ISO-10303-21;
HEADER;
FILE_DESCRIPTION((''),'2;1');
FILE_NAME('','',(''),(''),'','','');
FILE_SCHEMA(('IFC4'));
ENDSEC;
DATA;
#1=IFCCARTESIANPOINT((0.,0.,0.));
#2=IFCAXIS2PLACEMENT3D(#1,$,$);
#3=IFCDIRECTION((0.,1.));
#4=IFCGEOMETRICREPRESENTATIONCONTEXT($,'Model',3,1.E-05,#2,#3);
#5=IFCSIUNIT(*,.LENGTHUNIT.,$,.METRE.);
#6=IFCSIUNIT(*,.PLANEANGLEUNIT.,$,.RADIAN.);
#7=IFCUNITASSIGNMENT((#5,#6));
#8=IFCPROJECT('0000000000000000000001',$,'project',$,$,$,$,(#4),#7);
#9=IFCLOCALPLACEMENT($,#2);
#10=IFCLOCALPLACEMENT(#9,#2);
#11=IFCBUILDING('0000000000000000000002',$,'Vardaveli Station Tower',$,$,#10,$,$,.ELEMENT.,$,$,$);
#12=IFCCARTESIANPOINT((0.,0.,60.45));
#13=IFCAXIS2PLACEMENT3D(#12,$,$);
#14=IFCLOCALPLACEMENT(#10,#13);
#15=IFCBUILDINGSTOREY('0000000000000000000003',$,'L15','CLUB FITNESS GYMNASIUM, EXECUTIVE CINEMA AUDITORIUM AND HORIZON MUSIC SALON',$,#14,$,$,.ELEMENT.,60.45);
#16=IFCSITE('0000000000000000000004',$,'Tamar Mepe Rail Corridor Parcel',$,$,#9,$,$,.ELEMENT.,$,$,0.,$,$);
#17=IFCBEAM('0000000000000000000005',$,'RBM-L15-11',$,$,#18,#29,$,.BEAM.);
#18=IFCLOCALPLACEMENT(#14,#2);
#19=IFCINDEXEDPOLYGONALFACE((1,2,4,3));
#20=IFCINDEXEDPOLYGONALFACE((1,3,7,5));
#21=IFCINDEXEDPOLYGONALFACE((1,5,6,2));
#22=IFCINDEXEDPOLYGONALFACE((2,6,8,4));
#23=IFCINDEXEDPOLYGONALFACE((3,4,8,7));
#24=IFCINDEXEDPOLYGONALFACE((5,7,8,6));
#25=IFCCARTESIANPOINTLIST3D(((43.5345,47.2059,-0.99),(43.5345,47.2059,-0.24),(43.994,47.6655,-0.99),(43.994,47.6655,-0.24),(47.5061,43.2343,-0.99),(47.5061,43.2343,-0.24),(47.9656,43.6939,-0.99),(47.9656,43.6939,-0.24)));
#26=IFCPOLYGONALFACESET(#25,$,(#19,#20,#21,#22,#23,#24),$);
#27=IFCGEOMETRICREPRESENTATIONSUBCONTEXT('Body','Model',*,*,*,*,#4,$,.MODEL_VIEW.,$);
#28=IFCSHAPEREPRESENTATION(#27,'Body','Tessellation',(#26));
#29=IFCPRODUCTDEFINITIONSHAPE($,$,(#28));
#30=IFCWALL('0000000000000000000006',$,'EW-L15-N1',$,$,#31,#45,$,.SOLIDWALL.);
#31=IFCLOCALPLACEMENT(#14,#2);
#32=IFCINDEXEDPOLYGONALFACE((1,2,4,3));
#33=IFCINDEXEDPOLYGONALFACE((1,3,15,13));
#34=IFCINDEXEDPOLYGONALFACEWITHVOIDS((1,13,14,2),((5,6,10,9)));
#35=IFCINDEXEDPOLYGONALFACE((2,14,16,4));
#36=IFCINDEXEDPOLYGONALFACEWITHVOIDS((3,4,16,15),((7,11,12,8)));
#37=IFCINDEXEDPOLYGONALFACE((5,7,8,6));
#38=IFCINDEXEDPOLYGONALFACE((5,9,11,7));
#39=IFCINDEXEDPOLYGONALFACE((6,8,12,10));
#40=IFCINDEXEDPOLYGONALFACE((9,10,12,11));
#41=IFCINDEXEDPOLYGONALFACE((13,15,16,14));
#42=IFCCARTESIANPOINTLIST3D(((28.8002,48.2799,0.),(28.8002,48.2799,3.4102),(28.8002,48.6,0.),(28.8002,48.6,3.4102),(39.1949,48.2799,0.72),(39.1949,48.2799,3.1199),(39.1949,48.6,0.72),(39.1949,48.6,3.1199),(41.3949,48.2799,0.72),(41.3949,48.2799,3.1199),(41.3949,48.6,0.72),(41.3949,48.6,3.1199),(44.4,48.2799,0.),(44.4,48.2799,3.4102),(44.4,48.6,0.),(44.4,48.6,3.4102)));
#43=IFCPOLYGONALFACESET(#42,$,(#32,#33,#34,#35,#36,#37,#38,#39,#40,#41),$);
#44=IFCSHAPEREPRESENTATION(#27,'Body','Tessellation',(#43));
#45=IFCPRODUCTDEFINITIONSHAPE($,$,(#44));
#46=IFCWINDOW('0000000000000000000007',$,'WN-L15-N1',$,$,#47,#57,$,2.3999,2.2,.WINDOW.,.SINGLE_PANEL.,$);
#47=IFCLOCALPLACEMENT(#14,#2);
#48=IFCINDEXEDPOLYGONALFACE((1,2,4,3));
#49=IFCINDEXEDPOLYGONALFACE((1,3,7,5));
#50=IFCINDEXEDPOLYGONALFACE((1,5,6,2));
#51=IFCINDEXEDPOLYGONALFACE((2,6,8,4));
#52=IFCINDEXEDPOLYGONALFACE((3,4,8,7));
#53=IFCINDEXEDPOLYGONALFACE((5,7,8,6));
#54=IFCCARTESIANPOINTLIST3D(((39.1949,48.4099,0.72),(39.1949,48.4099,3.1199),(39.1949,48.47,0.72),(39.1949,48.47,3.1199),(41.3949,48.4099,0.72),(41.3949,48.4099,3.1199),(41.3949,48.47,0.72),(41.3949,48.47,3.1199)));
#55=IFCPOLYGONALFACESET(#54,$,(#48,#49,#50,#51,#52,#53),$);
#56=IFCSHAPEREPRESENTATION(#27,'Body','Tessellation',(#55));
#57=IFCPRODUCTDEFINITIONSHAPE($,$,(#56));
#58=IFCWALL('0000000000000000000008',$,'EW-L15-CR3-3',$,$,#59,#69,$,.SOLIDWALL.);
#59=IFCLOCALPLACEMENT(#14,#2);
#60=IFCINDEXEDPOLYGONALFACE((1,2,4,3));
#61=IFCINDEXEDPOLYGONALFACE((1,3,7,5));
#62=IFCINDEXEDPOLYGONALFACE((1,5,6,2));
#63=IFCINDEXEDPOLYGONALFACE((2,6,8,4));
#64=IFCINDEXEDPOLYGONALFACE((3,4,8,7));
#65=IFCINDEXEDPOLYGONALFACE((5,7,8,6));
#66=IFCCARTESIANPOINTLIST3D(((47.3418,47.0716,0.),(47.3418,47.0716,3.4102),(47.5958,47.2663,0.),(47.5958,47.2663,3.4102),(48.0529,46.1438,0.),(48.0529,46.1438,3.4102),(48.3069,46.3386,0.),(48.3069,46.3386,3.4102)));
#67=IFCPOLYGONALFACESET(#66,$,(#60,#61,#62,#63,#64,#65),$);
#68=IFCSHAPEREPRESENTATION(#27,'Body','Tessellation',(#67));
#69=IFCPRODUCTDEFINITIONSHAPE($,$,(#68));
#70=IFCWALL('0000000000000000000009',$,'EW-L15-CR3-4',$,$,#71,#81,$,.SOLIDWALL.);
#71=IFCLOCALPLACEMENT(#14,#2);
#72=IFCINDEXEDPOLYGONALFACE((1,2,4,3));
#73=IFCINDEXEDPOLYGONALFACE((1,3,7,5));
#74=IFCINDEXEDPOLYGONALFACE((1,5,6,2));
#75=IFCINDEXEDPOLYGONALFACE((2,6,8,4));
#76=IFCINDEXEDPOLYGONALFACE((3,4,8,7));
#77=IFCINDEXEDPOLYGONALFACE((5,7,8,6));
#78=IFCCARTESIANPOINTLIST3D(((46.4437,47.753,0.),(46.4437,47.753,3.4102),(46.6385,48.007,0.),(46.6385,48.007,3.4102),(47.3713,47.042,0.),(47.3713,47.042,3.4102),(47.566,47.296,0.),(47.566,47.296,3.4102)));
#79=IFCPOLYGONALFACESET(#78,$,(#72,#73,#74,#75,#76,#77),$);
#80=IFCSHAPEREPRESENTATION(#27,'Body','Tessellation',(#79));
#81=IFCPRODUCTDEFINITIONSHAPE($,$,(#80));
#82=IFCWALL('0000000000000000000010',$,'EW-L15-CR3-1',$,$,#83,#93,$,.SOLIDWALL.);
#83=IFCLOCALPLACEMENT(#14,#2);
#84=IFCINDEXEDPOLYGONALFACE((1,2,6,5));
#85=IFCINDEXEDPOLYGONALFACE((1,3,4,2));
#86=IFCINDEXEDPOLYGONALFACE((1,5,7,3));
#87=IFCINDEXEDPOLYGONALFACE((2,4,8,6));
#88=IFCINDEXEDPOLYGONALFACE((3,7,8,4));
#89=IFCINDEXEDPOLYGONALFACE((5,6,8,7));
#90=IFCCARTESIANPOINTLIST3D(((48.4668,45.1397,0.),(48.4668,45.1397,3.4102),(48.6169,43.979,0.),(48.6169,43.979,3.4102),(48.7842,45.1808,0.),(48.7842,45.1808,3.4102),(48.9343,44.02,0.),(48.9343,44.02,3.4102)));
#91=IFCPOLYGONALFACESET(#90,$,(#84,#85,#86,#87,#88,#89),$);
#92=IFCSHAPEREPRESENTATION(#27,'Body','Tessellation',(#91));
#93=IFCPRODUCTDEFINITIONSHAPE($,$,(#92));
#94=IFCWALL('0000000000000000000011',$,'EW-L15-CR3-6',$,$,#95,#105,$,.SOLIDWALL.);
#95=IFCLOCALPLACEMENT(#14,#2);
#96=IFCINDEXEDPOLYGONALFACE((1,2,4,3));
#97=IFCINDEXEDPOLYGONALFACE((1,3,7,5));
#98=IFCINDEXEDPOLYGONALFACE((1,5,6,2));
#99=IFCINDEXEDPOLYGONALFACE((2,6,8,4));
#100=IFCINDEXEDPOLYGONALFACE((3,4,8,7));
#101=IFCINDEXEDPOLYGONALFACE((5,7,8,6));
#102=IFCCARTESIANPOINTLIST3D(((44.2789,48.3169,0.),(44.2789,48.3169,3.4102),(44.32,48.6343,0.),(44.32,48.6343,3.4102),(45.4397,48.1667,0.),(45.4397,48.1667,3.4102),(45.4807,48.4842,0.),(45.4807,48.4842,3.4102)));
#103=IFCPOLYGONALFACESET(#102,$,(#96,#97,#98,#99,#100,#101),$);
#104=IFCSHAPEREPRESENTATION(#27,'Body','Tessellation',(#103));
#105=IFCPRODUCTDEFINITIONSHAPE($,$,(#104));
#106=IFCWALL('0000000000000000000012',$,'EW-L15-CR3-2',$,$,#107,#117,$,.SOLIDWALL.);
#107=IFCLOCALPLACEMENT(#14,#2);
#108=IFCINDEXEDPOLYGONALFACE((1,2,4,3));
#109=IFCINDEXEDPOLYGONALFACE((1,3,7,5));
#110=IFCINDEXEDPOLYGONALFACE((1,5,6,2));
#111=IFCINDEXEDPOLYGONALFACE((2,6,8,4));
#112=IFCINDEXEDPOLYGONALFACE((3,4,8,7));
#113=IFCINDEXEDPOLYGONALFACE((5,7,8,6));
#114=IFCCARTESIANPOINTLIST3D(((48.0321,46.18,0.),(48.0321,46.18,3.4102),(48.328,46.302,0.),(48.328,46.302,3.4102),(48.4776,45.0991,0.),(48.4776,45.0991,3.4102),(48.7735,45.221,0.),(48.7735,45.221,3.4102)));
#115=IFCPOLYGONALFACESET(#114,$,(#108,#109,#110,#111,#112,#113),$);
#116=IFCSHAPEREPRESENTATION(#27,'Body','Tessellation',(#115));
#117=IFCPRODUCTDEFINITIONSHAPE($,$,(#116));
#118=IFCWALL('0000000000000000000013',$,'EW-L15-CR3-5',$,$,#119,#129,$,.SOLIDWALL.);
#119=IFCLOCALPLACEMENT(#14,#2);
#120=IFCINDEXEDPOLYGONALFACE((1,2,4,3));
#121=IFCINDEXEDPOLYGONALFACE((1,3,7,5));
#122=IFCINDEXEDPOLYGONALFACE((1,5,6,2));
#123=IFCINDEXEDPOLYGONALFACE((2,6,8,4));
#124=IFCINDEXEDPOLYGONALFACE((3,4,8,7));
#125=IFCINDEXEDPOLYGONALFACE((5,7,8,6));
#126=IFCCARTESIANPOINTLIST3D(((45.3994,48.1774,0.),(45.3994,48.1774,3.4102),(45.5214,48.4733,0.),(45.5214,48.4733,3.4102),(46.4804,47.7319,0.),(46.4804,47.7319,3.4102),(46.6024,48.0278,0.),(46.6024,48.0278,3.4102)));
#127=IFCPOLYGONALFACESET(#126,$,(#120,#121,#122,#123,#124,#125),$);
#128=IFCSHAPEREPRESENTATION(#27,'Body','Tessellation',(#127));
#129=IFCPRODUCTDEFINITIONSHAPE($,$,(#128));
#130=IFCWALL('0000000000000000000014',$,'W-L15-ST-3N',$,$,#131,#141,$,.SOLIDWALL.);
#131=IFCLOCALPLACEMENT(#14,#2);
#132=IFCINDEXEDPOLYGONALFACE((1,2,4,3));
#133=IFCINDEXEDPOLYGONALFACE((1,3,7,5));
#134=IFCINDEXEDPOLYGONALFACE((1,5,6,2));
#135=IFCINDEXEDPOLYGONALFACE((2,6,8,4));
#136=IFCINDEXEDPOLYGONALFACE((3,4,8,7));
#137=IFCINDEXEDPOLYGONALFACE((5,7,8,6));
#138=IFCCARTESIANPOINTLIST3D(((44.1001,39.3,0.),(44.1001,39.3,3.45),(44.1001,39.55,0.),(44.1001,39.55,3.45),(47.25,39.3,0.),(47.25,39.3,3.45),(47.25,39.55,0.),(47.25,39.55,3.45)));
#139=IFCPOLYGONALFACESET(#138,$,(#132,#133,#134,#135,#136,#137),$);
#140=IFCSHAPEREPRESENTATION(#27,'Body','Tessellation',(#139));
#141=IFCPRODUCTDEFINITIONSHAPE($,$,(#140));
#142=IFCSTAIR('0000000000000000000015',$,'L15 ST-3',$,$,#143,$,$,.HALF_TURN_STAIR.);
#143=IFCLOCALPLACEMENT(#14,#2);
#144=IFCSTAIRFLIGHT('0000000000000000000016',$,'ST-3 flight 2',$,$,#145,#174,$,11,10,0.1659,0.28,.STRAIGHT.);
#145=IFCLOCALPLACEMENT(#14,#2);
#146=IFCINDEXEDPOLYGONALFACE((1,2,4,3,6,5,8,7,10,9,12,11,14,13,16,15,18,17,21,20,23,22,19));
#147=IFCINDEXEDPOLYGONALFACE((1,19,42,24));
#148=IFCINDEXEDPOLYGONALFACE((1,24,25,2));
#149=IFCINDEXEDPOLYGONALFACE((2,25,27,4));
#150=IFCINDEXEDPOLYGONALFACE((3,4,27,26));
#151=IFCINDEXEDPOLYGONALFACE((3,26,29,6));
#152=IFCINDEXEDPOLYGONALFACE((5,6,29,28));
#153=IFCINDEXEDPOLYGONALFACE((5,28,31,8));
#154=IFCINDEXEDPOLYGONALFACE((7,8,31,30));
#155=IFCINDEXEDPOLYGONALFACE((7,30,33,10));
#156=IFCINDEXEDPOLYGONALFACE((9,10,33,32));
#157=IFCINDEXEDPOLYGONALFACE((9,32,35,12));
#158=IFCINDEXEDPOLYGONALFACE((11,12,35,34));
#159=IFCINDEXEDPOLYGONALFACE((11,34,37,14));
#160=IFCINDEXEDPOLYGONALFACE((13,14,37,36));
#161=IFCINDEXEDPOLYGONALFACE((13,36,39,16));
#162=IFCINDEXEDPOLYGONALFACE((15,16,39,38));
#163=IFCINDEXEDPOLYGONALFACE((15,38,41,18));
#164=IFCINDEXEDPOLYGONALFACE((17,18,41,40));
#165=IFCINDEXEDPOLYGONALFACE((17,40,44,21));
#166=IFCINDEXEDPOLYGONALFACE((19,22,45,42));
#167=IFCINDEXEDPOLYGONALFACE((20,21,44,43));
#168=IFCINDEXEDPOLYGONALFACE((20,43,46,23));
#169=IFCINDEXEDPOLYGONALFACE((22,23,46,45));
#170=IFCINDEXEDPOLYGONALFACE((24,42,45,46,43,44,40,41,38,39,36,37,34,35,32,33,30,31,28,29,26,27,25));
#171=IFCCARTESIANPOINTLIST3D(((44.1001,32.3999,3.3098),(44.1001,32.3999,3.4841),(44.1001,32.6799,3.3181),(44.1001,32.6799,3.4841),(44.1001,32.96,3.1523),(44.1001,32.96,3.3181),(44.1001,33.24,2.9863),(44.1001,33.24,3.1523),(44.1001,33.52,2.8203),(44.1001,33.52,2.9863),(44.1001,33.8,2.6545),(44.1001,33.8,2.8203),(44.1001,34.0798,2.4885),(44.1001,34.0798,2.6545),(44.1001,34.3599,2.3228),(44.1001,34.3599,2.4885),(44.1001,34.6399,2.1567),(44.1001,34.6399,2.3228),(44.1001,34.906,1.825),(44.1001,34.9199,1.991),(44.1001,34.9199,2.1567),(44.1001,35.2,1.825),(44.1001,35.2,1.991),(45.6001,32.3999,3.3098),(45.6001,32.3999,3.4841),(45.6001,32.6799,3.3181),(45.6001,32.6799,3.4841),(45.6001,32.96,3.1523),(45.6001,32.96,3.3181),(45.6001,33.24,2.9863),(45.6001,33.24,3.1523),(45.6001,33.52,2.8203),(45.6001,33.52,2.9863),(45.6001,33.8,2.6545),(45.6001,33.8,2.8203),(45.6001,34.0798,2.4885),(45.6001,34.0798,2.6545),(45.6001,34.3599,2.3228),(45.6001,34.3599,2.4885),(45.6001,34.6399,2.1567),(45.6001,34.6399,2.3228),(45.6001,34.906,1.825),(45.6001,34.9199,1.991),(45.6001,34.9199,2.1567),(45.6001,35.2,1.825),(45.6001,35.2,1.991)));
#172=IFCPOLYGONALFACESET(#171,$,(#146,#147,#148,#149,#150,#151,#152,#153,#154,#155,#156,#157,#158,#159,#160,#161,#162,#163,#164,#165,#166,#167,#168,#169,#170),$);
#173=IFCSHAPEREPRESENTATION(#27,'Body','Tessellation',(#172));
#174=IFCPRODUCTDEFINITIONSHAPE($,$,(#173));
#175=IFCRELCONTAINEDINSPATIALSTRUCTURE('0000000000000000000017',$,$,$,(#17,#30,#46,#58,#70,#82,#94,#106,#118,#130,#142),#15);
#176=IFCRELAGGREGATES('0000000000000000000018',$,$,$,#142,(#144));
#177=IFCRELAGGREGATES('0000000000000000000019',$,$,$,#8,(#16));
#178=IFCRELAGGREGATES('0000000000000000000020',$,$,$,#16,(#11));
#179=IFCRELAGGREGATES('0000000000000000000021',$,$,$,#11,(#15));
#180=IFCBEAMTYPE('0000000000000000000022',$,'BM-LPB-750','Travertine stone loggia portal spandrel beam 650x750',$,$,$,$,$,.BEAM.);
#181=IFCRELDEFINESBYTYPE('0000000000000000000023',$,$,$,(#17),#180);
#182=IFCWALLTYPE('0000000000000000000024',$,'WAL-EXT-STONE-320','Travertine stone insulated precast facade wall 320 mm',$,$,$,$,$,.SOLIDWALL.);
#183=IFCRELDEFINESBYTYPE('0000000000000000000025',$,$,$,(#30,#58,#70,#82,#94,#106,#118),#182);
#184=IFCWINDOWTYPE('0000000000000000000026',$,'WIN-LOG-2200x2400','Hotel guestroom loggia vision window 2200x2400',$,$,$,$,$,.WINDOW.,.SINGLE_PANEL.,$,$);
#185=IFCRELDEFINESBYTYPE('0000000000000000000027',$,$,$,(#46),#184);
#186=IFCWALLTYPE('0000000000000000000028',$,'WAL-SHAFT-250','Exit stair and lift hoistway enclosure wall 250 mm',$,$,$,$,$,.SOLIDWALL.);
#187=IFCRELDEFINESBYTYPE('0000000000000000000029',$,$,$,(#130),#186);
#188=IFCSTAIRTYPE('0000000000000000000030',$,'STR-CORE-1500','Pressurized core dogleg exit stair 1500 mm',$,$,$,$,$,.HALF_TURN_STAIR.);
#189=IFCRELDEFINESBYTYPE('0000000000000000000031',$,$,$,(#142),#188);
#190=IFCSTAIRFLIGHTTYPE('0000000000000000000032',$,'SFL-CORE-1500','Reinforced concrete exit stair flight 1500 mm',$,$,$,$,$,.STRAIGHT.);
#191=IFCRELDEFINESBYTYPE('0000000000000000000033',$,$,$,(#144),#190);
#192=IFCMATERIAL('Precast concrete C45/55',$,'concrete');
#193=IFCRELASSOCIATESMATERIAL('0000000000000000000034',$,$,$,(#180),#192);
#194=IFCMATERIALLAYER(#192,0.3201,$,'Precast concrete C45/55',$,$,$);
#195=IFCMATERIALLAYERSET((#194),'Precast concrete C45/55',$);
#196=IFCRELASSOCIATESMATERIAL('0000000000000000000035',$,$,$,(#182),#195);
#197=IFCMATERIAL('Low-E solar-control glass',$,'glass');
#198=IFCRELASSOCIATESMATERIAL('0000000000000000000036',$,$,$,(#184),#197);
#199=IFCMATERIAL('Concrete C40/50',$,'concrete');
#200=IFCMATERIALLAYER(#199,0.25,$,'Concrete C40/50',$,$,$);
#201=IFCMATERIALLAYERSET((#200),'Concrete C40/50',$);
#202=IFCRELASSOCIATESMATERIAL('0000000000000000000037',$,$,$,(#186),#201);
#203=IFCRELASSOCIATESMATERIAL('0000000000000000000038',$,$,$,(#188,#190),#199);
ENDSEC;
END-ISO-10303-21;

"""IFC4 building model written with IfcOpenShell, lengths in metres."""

from ifc_helpers import new_model, si_unit, direction, frame, frame_2d, origin, origin_2d, place, context, subcontext, project, spatial, polyline, rectangle, outline, extrude, source, transform, mapped, material, layer, layer_set, material_profile, profile_set, type_object, element, fill, aggregate, save


model = new_model("IFC4")

# Units and contexts
model_context = context("Model", 3, precision=1e-05, world=origin(), true_north=direction((0.0, 1.0)))
body_context = subcontext(model_context, "Body", "Model", "MODEL_VIEW")
ifc_project = project(units=[si_unit("LENGTHUNIT", "METRE"), si_unit("PLANEANGLEUNIT", "RADIAN")], contexts=[model_context])

# Site, building, storey
site_placement = place(None, origin())
site = spatial("IfcSite", under=ifc_project, at=site_placement, Name="Tamar Mepe Rail Corridor Parcel", CompositionType="ELEMENT", RefElevation=0.0)
building_placement = place(site_placement, origin())
building = spatial("IfcBuilding", under=site, at=building_placement, Name="Vardaveli Station Tower", CompositionType="ELEMENT")
storey_placement = place(building_placement, frame((0.0, 0.0, 60.45)))
storey = spatial("IfcBuildingStorey", under=building, at=storey_placement, Name="L15", Description="CLUB FITNESS GYMNASIUM, EXECUTIVE CINEMA AUDITORIUM AND HORIZON MUSIC SALON", CompositionType="ELEMENT", Elevation=60.45)

# Beam
ifc_material_1 = material(Name="Precast concrete C45/55", Category="concrete")
ifc_material_profile_1 = material_profile(ifc_material_1, rectangle(XDim=0.6499, YDim=0.75, at=origin_2d()), Name="LPB 650x750")
ifc_profile_set_1 = profile_set([ifc_material_profile_1], Name="Precast concrete C45/55")
beam_type = type_object("IfcBeamType", Name="BM-LPB-750", Description="Travertine stone loggia portal spandrel beam 650x750", PredefinedType="BEAM", material=ifc_profile_set_1)
shared_shape_1 = source(origin(), body_context, "Body", "SweptSolid", [
    extrude(rectangle(XDim=0.6499, YDim=0.75, at=origin_2d()), origin(), (0.0, 0.0, 1.0), 5.6167),
])
beam_placement = place(storey_placement, frame((47.7358, 43.4641, -0.615), z_axis=(-0.707107, 0.707107, 0.0), x_axis=(-0.707107, -0.707107, 0.0)))
element("IfcBeam", 1, at=beam_placement, inside=storey, type_object=beam_type, Name="RBM-L15-11", PredefinedType="BEAM", context=body_context, shape_type="MappedRepresentation", body=[
    mapped(shared_shape_1, transform((0.0, 0.0, 0.0), scale=1.0)),
])

# Wall, opening, window
ifc_layer_1 = layer(ifc_material_1, 0.3201, Name="Precast concrete C45/55")
ifc_layer_set_1 = layer_set([ifc_layer_1], Name="Precast concrete C45/55")
wall_type_1 = type_object("IfcWallType", Name="WAL-EXT-STONE-320", Description="Travertine stone insulated precast facade wall 320 mm", PredefinedType="SOLIDWALL", material=ifc_layer_set_1)
shared_shape_2 = source(origin(), body_context, "Body", "SweptSolid", [
    extrude(rectangle(XDim=15.5999, YDim=0.3201, at=frame_2d((7.7998, 0.0))), origin(), (0.0, 0.0, 1.0), 3.4102),
])
wall_1_placement = place(storey_placement, frame((44.3999, 48.4399, 0.0), z_axis=(0.0, 0.0, 1.0), x_axis=(-1.0, 0.0, 0.0)))
wall_1 = element("IfcWall", 2, at=wall_1_placement, inside=storey, type_object=wall_type_1, Name="EW-L15-N1", PredefinedType="SOLIDWALL", context=body_context, shape_type="MappedRepresentation", body=[
    mapped(shared_shape_2, transform((0.0, 0.0, 0.0), scale=1.0)),
])
shared_shape_3 = source(origin(), body_context, "Body", "SweptSolid", [
    extrude(rectangle(XDim=2.2, YDim=2.3999, at=frame_2d((1.1001, 1.2))), frame((0.0, 0.1699, 0.0), z_axis=(0.0, -1.0, 0.0), x_axis=(1.0, 0.0, 0.0)), (0.0, 0.0, 1.0), 0.3401),
])
opening_placement = place(wall_1_placement, frame((3.0049, 0.0, 0.72)))
opening = element("IfcOpeningElement", 3, at=opening_placement, cuts=wall_1, PredefinedType="OPENING", context=body_context, shape_type="MappedRepresentation", body=[
    mapped(shared_shape_3, transform((0.0, 0.0, 0.0), scale=1.0)),
])
ifc_material_2 = material(Name="Low-E solar-control glass", Category="glass")
window_type = type_object("IfcWindowType", Name="WIN-LOG-2200x2400", Description="Hotel guestroom loggia vision window 2200x2400", PartitioningType="SINGLE_PANEL", PredefinedType="WINDOW", material=ifc_material_2)
shared_shape_4 = source(origin(), body_context, "Body", "SweptSolid", [
    extrude(rectangle(XDim=2.2, YDim=2.3999, at=frame_2d((1.1001, 1.2))), frame((0.0, 0.03, 0.0), z_axis=(0.0, -1.0, 0.0), x_axis=(1.0, 0.0, 0.0)), (0.0, 0.0, 1.0), 0.0601),
])
window_placement = place(opening_placement, origin())
window = element("IfcWindow", 4, at=window_placement, inside=storey, type_object=window_type, Name="WN-L15-N1", OverallHeight=2.3999, OverallWidth=2.2, PartitioningType="SINGLE_PANEL", PredefinedType="WINDOW", context=body_context, shape_type="MappedRepresentation", body=[
    mapped(shared_shape_4, transform((0.0, 0.0, 0.0), scale=1.0)),
])
fill(opening, window)

# Walls
shared_shape_5 = source(origin(), body_context, "Body", "SweptSolid", [
    extrude(rectangle(XDim=1.1689, YDim=0.3201, at=frame_2d((0.5845, 0.0))), origin(), (0.0, 0.0, 1.0), 3.4102),
])
wall_2_placement = place(storey_placement, frame((48.1799, 46.2412, 0.0), z_axis=(0.0, 0.0, 1.0), x_axis=(-0.608388, 0.79364, 0.0)))
element("IfcWall", 5, at=wall_2_placement, inside=storey, type_object=wall_type_1, Name="EW-L15-CR3-3", PredefinedType="SOLIDWALL", context=body_context, shape_type="MappedRepresentation", body=[
    mapped(shared_shape_5, transform((0.0, 0.0, 0.0), scale=1.0)),
])
shared_shape_6 = source(origin(), body_context, "Body", "SweptSolid", [
    extrude(rectangle(XDim=1.1687, YDim=0.3201, at=frame_2d((0.5845, 0.0))), origin(), (0.0, 0.0, 1.0), 3.4102),
])
wall_3_placement = place(storey_placement, frame((47.4688, 47.1689, 0.0), z_axis=(0.0, 0.0, 1.0), x_axis=(-0.793664, 0.608357, 0.0)))
element("IfcWall", 6, at=wall_3_placement, inside=storey, type_object=wall_type_1, Name="EW-L15-CR3-4", PredefinedType="SOLIDWALL", context=body_context, shape_type="MappedRepresentation", body=[
    mapped(shared_shape_6, transform((0.0, 0.0, 0.0), scale=1.0)),
])
shared_shape_7 = source(origin(), body_context, "Body", "SweptSolid", [
    extrude(rectangle(XDim=1.1704, YDim=0.3201, at=frame_2d((0.5852, 0.0))), origin(), (0.0, 0.0, 1.0), 3.4102),
])
for number, where, z_axis, x_axis, name in (
    (7, (48.7756, 43.9995, 0.0), (0.0, 0.0, 1.0), (-0.128296, 0.991736, 0.0), "EW-L15-CR3-1"),
    (8, (45.4602, 48.3254, 0.0), (0.0, 0.0, 1.0), (-0.991736, 0.128296, 0.0), "EW-L15-CR3-6"),
):
    element("IfcWall", number, at=place(storey_placement, frame(where, z_axis=z_axis, x_axis=x_axis)), inside=storey, type_object=wall_type_1, Name=name, PredefinedType="SOLIDWALL", context=body_context, shape_type="MappedRepresentation", body=[
        mapped(shared_shape_7, transform((0.0, 0.0, 0.0), scale=1.0)),
    ])
shared_shape_8 = source(origin(), body_context, "Body", "SweptSolid", [
    extrude(rectangle(XDim=1.1692, YDim=0.3201, at=frame_2d((0.5845, 0.0))), origin(), (0.0, 0.0, 1.0), 3.4102),
])
for number, where, z_axis, x_axis, name in (
    (9, (48.6255, 45.1602, 0.0), (0.0, 0.0, 1.0), (-0.381054, 0.924553, 0.0), "EW-L15-CR3-2"),
    (10, (46.5413, 47.8799, 0.0), (0.0, 0.0, 1.0), (-0.924553, 0.381054, 0.0), "EW-L15-CR3-5"),
):
    element("IfcWall", number, at=place(storey_placement, frame(where, z_axis=z_axis, x_axis=x_axis)), inside=storey, type_object=wall_type_1, Name=name, PredefinedType="SOLIDWALL", context=body_context, shape_type="MappedRepresentation", body=[
        mapped(shared_shape_8, transform((0.0, 0.0, 0.0), scale=1.0)),
    ])
ifc_material_3 = material(Name="Concrete C40/50", Category="concrete")
ifc_layer_2 = layer(ifc_material_3, 0.25, Name="Concrete C40/50")
ifc_layer_set_2 = layer_set([ifc_layer_2], Name="Concrete C40/50")
wall_type_2 = type_object("IfcWallType", Name="WAL-SHAFT-250", Description="Exit stair and lift hoistway enclosure wall 250 mm", PredefinedType="SOLIDWALL", material=ifc_layer_set_2)
shared_shape_9 = source(origin(), body_context, "Body", "SweptSolid", [
    extrude(rectangle(XDim=3.1499, YDim=0.25, at=frame_2d((1.575, 0.0))), origin(), (0.0, 0.0, 1.0), 3.45),
])
wall_4_placement = place(storey_placement, frame((44.1001, 39.425, 0.0), z_axis=(0.0, 0.0, 1.0), x_axis=(1.0, 0.0, 0.0)))
element("IfcWall", 11, at=wall_4_placement, inside=storey, type_object=wall_type_2, Name="W-L15-ST-3N", PredefinedType="SOLIDWALL", context=body_context, shape_type="MappedRepresentation", body=[
    mapped(shared_shape_9, transform((0.0, 0.0, 0.0), scale=1.0)),
])

# Stair, stair flight
stair_type = type_object("IfcStairType", Name="STR-CORE-1500", Description="Pressurized core dogleg exit stair 1500 mm", PredefinedType="HALF_TURN_STAIR", material=ifc_material_3)
stair_placement = place(storey_placement, origin())
stair = element("IfcStair", 12, at=stair_placement, inside=storey, type_object=stair_type, Name="L15 ST-3", PredefinedType="HALF_TURN_STAIR")
stair_flight_type = type_object("IfcStairFlightType", Name="SFL-CORE-1500", Description="Reinforced concrete exit stair flight 1500 mm", PredefinedType="STRAIGHT", material=ifc_material_3)
shared_shape_10 = source(origin(), body_context, "Body", "SweptSolid", [
    extrude(outline(polyline([(0.0, 0.0), (0.0, 0.166), (0.28, 0.166), (0.28, 0.3318), (0.5601, 0.3318), (0.5601, 0.4978), (0.8401, 0.4978), (0.8401, 0.6636), (1.1201, 0.6636), (1.1201, 0.8296), (1.3999, 0.8296), (1.3999, 0.9954), (1.6799, 0.9954), (1.6799, 1.1614), (1.96, 1.1614), (1.96, 1.3274), (2.24, 1.3274), (2.24, 1.4932), (2.52, 1.4932), (2.52, 1.6592), (2.8, 1.6592), (2.8, 1.825), (2.8, 1.4849), (0.2939, 0.0), (0.0, 0.0)])), frame((0.0, 0.75, 0.0), z_axis=(0.0, -1.0, 0.0), x_axis=(1.0, 0.0, 0.0)), (0.0, 0.0, 1.0), 1.5),
])
stair_flight_placement = place(storey_placement, frame((44.8501, 35.2, 1.825), z_axis=(0.0, 0.0, 1.0), x_axis=(0.0, -1.0, 0.0)))
stair_flight = element("IfcStairFlight", 13, at=stair_flight_placement, type_object=stair_flight_type, Name="ST-3 flight 2", NumberOfRisers=11, NumberOfTreads=10, PredefinedType="STRAIGHT", RiserHeight=0.1659, TreadLength=0.28, context=body_context, shape_type="MappedRepresentation", body=[
    mapped(shared_shape_10, transform((0.0, 0.0, 0.0), scale=1.0)),
])
aggregate(stair, [stair_flight])

save(model, "model.ifc")
